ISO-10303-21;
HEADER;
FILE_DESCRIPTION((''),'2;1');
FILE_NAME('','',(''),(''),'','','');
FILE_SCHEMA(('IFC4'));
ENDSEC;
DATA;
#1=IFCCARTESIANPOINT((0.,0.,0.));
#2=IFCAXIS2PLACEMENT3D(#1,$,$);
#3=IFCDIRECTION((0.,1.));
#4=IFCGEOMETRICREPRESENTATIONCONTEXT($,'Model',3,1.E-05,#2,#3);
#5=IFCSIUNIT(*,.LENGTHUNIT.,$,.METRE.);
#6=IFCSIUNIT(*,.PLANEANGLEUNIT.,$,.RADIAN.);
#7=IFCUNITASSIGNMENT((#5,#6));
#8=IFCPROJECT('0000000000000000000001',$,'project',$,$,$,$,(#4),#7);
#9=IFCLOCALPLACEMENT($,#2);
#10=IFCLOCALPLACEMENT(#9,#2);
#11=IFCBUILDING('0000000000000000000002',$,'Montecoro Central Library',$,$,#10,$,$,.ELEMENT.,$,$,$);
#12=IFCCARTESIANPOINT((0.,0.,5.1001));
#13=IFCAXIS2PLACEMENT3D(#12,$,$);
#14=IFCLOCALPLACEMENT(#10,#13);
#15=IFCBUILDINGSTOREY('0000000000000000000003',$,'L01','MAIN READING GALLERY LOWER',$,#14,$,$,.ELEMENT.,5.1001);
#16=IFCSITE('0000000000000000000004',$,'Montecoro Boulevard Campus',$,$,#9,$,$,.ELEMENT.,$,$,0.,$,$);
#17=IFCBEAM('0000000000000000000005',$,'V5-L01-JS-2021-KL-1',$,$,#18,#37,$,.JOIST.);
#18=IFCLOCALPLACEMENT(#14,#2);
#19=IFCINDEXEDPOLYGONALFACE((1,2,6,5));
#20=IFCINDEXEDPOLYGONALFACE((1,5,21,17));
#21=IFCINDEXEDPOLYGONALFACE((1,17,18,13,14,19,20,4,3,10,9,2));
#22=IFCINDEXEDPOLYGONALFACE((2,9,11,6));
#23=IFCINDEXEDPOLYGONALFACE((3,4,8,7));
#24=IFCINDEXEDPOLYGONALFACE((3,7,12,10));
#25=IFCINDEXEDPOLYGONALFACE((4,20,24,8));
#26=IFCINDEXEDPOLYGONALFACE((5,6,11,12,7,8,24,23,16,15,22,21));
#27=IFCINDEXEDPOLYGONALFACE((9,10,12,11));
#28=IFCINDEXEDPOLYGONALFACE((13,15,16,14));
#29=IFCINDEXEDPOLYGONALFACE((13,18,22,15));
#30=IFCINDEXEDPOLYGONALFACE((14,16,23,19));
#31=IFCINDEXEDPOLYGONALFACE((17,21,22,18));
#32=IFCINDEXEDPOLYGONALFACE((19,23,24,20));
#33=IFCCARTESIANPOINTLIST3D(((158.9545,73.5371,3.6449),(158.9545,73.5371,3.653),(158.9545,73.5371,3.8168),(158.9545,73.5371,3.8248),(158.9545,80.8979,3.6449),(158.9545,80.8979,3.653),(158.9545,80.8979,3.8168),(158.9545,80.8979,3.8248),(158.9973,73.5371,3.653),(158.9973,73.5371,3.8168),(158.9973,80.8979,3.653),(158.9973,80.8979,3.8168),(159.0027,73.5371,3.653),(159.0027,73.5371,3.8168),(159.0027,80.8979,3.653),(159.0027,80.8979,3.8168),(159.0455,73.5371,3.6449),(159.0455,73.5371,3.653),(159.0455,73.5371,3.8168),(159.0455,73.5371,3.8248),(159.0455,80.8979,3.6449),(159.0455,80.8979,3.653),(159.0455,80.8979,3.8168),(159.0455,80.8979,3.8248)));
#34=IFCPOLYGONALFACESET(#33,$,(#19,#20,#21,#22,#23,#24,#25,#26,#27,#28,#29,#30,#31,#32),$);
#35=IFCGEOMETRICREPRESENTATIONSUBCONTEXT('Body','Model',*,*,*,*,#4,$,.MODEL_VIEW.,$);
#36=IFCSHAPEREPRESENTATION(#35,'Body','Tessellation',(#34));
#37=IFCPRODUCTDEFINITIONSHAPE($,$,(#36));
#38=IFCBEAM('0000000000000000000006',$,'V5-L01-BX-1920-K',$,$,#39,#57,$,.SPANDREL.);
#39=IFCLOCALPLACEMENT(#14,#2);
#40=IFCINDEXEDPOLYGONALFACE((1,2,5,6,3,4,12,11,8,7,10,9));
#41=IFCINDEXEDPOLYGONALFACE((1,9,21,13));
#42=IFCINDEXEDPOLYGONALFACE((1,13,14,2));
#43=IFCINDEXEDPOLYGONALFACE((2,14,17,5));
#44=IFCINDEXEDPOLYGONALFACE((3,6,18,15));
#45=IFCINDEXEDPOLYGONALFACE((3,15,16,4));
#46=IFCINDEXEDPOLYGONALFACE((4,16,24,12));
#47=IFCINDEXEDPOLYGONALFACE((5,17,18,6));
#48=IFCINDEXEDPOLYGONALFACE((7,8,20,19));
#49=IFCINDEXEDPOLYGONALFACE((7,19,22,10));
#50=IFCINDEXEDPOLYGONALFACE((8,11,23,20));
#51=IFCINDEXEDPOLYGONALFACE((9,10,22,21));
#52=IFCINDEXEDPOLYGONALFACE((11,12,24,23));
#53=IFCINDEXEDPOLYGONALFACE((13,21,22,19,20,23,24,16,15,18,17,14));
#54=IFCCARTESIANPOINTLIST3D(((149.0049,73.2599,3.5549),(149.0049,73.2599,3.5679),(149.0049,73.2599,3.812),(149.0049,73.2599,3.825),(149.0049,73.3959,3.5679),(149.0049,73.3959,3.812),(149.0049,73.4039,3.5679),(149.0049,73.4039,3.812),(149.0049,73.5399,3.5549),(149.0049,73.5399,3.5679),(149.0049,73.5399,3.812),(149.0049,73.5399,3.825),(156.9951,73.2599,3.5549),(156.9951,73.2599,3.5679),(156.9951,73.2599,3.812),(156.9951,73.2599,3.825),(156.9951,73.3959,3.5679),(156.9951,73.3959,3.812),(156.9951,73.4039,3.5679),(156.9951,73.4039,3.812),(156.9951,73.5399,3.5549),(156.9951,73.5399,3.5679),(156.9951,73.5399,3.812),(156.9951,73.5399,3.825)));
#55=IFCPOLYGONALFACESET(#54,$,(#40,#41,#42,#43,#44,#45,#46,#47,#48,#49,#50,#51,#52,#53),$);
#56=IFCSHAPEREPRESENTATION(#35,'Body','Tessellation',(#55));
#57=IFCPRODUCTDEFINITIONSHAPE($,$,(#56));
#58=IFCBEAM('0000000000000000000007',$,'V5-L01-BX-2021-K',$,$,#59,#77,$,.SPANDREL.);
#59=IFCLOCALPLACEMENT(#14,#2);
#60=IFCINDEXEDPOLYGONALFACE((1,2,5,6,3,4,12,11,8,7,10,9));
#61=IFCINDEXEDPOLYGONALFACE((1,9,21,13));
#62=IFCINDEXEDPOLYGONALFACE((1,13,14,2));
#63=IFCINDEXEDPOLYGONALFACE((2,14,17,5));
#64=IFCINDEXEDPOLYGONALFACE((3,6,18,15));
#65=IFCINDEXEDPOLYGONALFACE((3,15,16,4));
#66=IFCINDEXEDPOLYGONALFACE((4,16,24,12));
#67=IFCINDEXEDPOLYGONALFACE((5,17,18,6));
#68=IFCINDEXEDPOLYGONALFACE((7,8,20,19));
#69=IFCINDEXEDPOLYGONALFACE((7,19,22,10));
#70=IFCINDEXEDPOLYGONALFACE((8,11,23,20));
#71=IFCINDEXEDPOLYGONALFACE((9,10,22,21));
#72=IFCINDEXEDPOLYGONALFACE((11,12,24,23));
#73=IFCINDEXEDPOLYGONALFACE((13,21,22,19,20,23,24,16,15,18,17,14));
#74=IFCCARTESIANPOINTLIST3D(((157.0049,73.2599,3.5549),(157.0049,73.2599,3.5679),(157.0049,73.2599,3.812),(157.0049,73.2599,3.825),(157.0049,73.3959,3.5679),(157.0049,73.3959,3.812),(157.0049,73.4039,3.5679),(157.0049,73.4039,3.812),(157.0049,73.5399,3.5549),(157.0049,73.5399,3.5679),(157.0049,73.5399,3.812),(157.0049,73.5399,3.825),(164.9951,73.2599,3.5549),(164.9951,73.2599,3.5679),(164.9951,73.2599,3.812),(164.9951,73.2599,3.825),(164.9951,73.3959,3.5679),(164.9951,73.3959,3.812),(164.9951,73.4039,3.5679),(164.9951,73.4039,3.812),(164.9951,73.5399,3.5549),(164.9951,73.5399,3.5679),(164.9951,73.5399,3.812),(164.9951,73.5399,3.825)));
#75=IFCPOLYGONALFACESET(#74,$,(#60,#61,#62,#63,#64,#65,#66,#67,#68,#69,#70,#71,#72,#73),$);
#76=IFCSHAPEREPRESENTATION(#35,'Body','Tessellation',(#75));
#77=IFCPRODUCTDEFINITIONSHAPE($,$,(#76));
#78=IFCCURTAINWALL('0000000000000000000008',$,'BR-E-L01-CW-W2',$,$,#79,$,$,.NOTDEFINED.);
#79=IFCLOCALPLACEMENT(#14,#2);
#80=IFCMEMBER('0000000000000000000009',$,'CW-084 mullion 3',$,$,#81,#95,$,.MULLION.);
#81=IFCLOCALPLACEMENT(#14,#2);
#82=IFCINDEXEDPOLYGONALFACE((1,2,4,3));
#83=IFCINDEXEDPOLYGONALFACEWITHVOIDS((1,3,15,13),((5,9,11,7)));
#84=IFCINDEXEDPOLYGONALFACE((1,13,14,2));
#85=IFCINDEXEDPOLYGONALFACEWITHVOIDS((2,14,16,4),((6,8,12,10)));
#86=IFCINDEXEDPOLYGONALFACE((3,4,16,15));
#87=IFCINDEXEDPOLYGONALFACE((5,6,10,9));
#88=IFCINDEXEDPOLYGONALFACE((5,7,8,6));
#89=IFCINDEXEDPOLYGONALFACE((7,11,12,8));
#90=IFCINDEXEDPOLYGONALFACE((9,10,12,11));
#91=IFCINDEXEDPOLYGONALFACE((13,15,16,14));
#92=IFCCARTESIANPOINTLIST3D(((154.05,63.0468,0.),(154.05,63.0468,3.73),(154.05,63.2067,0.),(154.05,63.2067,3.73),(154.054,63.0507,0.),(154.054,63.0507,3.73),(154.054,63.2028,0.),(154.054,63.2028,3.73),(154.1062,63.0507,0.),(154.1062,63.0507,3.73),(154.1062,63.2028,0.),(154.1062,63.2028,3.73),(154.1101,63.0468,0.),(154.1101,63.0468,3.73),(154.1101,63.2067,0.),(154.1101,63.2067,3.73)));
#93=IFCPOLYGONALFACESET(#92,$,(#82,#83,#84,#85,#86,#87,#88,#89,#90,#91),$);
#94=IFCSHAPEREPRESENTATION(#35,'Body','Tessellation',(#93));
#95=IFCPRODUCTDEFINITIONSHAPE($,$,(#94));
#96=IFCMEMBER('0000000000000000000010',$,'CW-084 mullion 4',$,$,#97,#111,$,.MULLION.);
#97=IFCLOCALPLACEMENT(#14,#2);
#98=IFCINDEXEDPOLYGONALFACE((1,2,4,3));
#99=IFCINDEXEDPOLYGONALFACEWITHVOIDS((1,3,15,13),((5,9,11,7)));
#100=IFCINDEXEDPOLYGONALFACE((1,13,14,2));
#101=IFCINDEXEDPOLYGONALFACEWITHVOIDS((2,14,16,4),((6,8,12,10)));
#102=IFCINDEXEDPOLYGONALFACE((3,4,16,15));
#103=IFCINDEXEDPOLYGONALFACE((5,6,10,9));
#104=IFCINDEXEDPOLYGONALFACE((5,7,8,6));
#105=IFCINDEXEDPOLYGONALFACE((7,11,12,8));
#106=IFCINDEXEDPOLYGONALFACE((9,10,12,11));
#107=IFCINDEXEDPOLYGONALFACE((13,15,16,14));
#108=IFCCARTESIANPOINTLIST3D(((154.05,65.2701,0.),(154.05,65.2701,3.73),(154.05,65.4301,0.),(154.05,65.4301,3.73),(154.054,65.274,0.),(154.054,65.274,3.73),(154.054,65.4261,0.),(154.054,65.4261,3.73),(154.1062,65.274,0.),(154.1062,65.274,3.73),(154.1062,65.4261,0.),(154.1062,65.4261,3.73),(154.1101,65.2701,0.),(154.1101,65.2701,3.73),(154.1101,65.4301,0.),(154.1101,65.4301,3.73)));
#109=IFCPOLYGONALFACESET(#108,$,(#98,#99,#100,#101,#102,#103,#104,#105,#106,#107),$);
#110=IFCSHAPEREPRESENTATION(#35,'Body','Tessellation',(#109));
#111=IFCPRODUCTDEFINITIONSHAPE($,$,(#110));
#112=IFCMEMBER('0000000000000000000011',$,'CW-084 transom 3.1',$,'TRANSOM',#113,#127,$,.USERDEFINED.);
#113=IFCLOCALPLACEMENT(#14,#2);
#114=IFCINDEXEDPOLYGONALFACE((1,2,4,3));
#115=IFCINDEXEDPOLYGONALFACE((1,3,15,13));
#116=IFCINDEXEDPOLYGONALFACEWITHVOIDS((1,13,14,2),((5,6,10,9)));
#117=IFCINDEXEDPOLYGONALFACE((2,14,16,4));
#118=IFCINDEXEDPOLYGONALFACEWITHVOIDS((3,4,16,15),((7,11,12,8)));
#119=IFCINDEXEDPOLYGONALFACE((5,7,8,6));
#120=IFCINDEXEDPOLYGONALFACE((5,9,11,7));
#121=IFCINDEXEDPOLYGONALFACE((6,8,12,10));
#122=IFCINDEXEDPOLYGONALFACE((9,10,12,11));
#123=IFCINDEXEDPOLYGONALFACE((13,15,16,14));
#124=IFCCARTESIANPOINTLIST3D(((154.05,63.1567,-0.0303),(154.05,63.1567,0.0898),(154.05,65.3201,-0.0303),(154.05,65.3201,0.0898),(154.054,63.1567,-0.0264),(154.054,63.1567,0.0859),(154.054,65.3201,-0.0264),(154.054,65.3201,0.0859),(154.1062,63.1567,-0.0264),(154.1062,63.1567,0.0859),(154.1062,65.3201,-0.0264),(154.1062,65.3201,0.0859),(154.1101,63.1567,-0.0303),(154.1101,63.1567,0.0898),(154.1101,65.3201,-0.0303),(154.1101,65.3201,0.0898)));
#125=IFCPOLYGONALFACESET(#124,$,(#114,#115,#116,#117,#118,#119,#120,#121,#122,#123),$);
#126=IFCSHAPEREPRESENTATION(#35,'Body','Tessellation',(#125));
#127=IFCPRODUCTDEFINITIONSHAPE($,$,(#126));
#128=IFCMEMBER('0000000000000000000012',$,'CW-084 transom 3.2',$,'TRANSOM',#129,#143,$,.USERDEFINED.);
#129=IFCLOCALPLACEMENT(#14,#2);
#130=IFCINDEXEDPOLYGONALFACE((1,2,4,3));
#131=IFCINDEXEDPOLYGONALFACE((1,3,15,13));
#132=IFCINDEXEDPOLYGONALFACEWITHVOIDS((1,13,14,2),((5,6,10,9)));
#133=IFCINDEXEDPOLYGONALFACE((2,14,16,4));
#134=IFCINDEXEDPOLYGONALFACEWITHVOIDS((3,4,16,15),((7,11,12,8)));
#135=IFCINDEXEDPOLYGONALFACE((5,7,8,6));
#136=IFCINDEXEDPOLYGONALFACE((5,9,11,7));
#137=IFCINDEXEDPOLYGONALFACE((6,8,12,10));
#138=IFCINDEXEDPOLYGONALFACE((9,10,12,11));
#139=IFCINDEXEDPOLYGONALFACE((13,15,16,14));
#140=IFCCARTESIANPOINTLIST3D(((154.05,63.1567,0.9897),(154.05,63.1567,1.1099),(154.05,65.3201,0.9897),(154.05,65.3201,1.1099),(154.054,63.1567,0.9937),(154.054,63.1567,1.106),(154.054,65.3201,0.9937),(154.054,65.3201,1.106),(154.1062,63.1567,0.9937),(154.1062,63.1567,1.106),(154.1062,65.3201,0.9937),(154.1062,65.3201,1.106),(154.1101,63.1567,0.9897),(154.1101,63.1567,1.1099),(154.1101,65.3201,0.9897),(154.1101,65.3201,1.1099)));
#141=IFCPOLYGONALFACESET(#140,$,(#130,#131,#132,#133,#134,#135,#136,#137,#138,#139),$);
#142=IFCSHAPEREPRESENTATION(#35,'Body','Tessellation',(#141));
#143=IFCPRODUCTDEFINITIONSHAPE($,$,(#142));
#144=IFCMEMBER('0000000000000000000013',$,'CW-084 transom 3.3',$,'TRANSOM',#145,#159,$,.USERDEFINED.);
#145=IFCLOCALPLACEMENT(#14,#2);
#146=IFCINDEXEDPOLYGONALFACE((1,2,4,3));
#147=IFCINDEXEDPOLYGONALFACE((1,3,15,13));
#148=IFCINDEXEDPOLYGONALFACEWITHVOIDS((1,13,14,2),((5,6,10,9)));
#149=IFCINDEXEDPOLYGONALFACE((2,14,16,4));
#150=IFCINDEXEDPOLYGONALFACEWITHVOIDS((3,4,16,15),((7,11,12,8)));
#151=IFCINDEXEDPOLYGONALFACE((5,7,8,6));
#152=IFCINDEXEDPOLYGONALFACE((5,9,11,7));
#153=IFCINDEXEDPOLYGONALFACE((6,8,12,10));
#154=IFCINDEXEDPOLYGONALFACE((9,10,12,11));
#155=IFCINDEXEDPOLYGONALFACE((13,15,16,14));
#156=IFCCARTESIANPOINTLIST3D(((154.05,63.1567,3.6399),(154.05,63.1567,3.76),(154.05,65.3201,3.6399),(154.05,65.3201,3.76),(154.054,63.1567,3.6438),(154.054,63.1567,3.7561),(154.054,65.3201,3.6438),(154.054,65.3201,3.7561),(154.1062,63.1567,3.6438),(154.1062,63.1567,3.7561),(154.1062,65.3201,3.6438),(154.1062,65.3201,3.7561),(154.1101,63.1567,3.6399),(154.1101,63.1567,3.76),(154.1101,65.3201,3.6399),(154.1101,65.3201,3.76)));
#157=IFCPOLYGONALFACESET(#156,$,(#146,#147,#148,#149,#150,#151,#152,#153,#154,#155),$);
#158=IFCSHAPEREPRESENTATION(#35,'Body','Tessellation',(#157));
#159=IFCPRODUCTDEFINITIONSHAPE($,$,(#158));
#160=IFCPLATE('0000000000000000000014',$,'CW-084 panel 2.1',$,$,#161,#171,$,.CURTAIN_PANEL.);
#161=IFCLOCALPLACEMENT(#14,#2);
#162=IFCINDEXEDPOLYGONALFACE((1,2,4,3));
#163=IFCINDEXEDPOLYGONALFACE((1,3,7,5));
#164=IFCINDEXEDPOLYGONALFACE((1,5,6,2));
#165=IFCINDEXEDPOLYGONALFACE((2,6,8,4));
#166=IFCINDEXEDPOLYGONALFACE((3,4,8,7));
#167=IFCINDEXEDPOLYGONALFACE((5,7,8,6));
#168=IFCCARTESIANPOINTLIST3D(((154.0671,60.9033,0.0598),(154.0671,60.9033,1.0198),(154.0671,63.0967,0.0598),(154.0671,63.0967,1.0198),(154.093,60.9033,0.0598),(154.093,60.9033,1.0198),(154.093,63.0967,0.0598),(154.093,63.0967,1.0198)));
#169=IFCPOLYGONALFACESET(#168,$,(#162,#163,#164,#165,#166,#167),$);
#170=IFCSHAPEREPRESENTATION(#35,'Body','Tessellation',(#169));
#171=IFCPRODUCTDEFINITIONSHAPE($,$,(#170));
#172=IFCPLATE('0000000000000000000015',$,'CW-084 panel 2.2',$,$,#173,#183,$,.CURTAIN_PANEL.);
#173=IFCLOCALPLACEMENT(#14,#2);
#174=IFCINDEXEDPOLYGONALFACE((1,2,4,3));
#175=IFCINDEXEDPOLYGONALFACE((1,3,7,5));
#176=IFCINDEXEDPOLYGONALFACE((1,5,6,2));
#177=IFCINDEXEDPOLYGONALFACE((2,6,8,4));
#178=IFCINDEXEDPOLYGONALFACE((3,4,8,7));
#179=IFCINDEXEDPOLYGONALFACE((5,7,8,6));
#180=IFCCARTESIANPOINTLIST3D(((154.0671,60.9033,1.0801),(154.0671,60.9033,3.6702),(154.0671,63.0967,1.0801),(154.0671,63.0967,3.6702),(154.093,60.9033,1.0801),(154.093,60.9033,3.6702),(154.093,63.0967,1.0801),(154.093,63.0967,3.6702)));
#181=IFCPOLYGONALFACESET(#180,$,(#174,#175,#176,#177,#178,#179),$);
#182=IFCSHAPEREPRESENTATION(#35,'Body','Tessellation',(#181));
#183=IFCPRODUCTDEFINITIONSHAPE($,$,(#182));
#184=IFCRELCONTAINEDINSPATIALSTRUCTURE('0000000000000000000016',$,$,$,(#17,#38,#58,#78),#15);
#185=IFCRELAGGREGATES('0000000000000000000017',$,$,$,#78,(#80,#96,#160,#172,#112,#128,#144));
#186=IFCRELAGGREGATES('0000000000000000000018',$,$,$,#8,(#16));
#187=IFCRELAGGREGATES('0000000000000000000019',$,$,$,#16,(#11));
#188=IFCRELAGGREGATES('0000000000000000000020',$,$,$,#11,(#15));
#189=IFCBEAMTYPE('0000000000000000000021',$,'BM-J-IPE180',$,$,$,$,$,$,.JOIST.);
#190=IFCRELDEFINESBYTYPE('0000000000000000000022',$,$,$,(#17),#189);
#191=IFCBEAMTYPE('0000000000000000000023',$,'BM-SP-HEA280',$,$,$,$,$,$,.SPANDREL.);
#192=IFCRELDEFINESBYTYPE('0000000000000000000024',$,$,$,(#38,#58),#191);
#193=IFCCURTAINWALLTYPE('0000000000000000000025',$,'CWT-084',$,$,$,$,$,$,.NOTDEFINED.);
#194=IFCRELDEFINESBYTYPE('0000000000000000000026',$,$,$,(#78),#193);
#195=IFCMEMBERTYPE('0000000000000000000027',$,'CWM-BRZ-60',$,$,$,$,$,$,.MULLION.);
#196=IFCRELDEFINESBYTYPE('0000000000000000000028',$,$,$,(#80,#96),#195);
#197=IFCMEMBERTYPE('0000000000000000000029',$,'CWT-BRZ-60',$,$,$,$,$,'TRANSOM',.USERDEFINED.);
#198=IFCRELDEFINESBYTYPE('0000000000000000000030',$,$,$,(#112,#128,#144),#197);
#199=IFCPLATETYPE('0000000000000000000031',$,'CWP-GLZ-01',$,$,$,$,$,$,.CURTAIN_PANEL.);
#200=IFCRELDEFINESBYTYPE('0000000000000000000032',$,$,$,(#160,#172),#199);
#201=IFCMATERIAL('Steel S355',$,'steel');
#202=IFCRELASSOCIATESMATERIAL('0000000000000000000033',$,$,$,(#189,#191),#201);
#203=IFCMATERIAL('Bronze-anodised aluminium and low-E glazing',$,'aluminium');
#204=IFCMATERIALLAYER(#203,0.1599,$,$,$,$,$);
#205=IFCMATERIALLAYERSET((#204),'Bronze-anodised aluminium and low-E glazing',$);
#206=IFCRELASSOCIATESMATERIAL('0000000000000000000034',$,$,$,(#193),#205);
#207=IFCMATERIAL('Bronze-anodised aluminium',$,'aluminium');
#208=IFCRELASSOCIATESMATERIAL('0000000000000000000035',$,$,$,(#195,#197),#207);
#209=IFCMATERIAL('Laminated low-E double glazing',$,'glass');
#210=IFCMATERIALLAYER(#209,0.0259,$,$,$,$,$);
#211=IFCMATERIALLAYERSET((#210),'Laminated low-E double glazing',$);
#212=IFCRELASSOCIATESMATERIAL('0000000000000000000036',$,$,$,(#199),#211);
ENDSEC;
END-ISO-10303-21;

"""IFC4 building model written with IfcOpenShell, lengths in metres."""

from ifc_helpers import new_model, si_unit, direction, frame, origin, origin_2d, place, context, subcontext, project, spatial, rectangle, hollow_rectangle, i_section, extrude, material, layer, layer_set, material_profile, profile_set, type_object, element, aggregate, save


model = new_model("IFC4")

# Units and contexts
model_context = context("Model", 3, precision=1e-05, world=origin(), true_north=direction((0.0, 1.0)))
body_context = subcontext(model_context, "Body", "Model", "MODEL_VIEW")
ifc_project = project(units=[si_unit("LENGTHUNIT", "METRE"), si_unit("PLANEANGLEUNIT", "RADIAN")], contexts=[model_context])

# Site, building, storey
site_placement = place(None, origin())
site = spatial("IfcSite", under=ifc_project, at=site_placement, Name="Montecoro Boulevard Campus", CompositionType="ELEMENT", RefElevation=0.0)
building_placement = place(site_placement, origin())
building = spatial("IfcBuilding", under=site, at=building_placement, Name="Montecoro Central Library", CompositionType="ELEMENT")
storey_placement = place(building_placement, frame((0.0, 0.0, 5.1001)))
storey = spatial("IfcBuildingStorey", under=building, at=storey_placement, Name="L01", Description="MAIN READING GALLERY LOWER", CompositionType="ELEMENT", Elevation=5.1001)

# Shared definitions
ifc_material_1 = material(Name="Steel S355", Category="steel")

# Beams
ifc_material_profile_1 = material_profile(ifc_material_1, i_section(OverallWidth=0.0911, OverallDepth=0.1799, WebThickness=0.0054, FlangeThickness=0.0081, at=origin_2d()), Name="IPE 180")
ifc_profile_set_1 = profile_set([ifc_material_profile_1], Name="Steel S355")
beam_type_1 = type_object("IfcBeamType", Name="BM-J-IPE180", PredefinedType="JOIST", material=ifc_profile_set_1)
for number, where, z_axis, x_axis, name in (
    (1, (159.0, 73.5371, 3.7349), (0.0, 1.0, 0.0), (-1.0, 0.0, 0.0), "V5-L01-JS-2021-KL-1"),
):
    element("IfcBeam", number, at=place(storey_placement, frame(where, z_axis=z_axis, x_axis=x_axis)), inside=storey, type_object=beam_type_1, Name=name, PredefinedType="JOIST", context=body_context, shape_type="SweptSolid", body=[
        extrude(i_section(OverallWidth=0.0911, OverallDepth=0.1799, WebThickness=0.0054, FlangeThickness=0.0081, at=origin_2d()), origin(), (0.0, 0.0, 1.0), 7.3608),
    ])
ifc_material_profile_2 = material_profile(ifc_material_1, i_section(OverallWidth=0.28, OverallDepth=0.27, WebThickness=0.0081, FlangeThickness=0.0129, at=origin_2d()), Name="HEA 280")
ifc_profile_set_2 = profile_set([ifc_material_profile_2], Name="Steel S355")
beam_type_2 = type_object("IfcBeamType", Name="BM-SP-HEA280", PredefinedType="SPANDREL", material=ifc_profile_set_2)
for number, where, z_axis, x_axis, name in (
    (2, (149.0049, 73.3999, 3.6899), (1.0, 0.0, 0.0), (0.0, 1.0, 0.0), "V5-L01-BX-1920-K"),
    (3, (157.0049, 73.3999, 3.6899), (1.0, 0.0, 0.0), (0.0, 1.0, 0.0), "V5-L01-BX-2021-K"),
):
    element("IfcBeam", number, at=place(storey_placement, frame(where, z_axis=z_axis, x_axis=x_axis)), inside=storey, type_object=beam_type_2, Name=name, PredefinedType="SPANDREL", context=body_context, shape_type="SweptSolid", body=[
        extrude(i_section(OverallWidth=0.28, OverallDepth=0.27, WebThickness=0.0081, FlangeThickness=0.0129, at=origin_2d()), origin(), (0.0, 0.0, 1.0), 7.9902),
    ])

# Curtain wall, members, plates
ifc_material_2 = material(Name="Bronze-anodised aluminium and low-E glazing", Category="aluminium")
ifc_layer_1 = layer(ifc_material_2, 0.1599)
ifc_layer_set_1 = layer_set([ifc_layer_1], Name="Bronze-anodised aluminium and low-E glazing")
curtain_wall_type = type_object("IfcCurtainWallType", Name="CWT-084", PredefinedType="NOTDEFINED", material=ifc_layer_set_1)
curtain_wall_placement = place(storey_placement, origin())
curtain_wall = element("IfcCurtainWall", 4, at=curtain_wall_placement, inside=storey, type_object=curtain_wall_type, Name="BR-E-L01-CW-W2", PredefinedType="NOTDEFINED")
ifc_material_3 = material(Name="Bronze-anodised aluminium", Category="aluminium")
ifc_material_profile_3 = material_profile(ifc_material_3, hollow_rectangle(XDim=0.0601, YDim=0.1599, WallThickness=0.0039, at=origin_2d()), Name="CWM 160x60x4.0")
ifc_profile_set_3 = profile_set([ifc_material_profile_3], Name="Bronze-anodised aluminium")
member_type_1 = type_object("IfcMemberType", Name="CWM-BRZ-60", PredefinedType="MULLION", material=ifc_profile_set_3)
member_1_placement = place(storey_placement, frame((154.0801, 63.1267, 0.0), z_axis=(0.0, 0.0, 1.0), x_axis=(-1.0, 0.0, 0.0)))
member_1 = element("IfcMember", 5, at=member_1_placement, type_object=member_type_1, Name="CW-084 mullion 3", PredefinedType="MULLION", context=body_context, shape_type="SweptSolid", body=[
    extrude(hollow_rectangle(XDim=0.0601, YDim=0.1599, WallThickness=0.0039, at=origin_2d()), origin(), (0.0, 0.0, 1.0), 3.73),
])
member_2_placement = place(storey_placement, frame((154.0801, 65.3501, 0.0), z_axis=(0.0, 0.0, 1.0), x_axis=(-1.0, 0.0, 0.0)))
member_2 = element("IfcMember", 6, at=member_2_placement, type_object=member_type_1, Name="CW-084 mullion 4", PredefinedType="MULLION", context=body_context, shape_type="SweptSolid", body=[
    extrude(hollow_rectangle(XDim=0.0601, YDim=0.1599, WallThickness=0.0039, at=origin_2d()), origin(), (0.0, 0.0, 1.0), 3.73),
])
ifc_material_profile_4 = material_profile(ifc_material_3, hollow_rectangle(XDim=0.0601, YDim=0.1201, WallThickness=0.0039, at=origin_2d()), Name="CWT 120x60x4.0")
ifc_profile_set_4 = profile_set([ifc_material_profile_4], Name="Bronze-anodised aluminium")
member_type_2 = type_object("IfcMemberType", Name="CWT-BRZ-60", ElementType="TRANSOM", PredefinedType="USERDEFINED", material=ifc_profile_set_4)
member_3_placement = place(storey_placement, frame((154.0801, 63.1567, 0.0298), z_axis=(0.0, 1.0, 0.0), x_axis=(-1.0, 0.0, 0.0)))
member_3 = element("IfcMember", 7, at=member_3_placement, type_object=member_type_2, Name="CW-084 transom 3.1", ObjectType="TRANSOM", PredefinedType="USERDEFINED", context=body_context, shape_type="SweptSolid", body=[
    extrude(hollow_rectangle(XDim=0.0601, YDim=0.1201, WallThickness=0.0039, at=origin_2d()), origin(), (0.0, 0.0, 1.0), 2.1633),
])
member_4_placement = place(storey_placement, frame((154.0801, 63.1567, 1.0498), z_axis=(0.0, 1.0, 0.0), x_axis=(-1.0, 0.0, 0.0)))
member_4 = element("IfcMember", 8, at=member_4_placement, type_object=member_type_2, Name="CW-084 transom 3.2", ObjectType="TRANSOM", PredefinedType="USERDEFINED", context=body_context, shape_type="SweptSolid", body=[
    extrude(hollow_rectangle(XDim=0.0601, YDim=0.1201, WallThickness=0.0039, at=origin_2d()), origin(), (0.0, 0.0, 1.0), 2.1633),
])
member_5_placement = place(storey_placement, frame((154.0801, 63.1567, 3.7), z_axis=(0.0, 1.0, 0.0), x_axis=(-1.0, 0.0, 0.0)))
member_5 = element("IfcMember", 9, at=member_5_placement, type_object=member_type_2, Name="CW-084 transom 3.3", ObjectType="TRANSOM", PredefinedType="USERDEFINED", context=body_context, shape_type="SweptSolid", body=[
    extrude(hollow_rectangle(XDim=0.0601, YDim=0.1201, WallThickness=0.0039, at=origin_2d()), origin(), (0.0, 0.0, 1.0), 2.1633),
])
ifc_material_4 = material(Name="Laminated low-E double glazing", Category="glass")
ifc_layer_2 = layer(ifc_material_4, 0.0259)
ifc_layer_set_2 = layer_set([ifc_layer_2], Name="Laminated low-E double glazing")
plate_type = type_object("IfcPlateType", Name="CWP-GLZ-01", PredefinedType="CURTAIN_PANEL", material=ifc_layer_set_2)
plate_1_placement = place(storey_placement, frame((154.0801, 62.0, 0.0598), z_axis=(0.0, 0.0, 1.0), x_axis=(0.0, 1.0, 0.0)))
plate_1 = element("IfcPlate", 10, at=plate_1_placement, type_object=plate_type, Name="CW-084 panel 2.1", PredefinedType="CURTAIN_PANEL", context=body_context, shape_type="SweptSolid", body=[
    extrude(rectangle(XDim=2.1934, YDim=0.0259, at=origin_2d()), origin(), (0.0, 0.0, 1.0), 0.96),
])
plate_2_placement = place(storey_placement, frame((154.0801, 62.0, 1.0801), z_axis=(0.0, 0.0, 1.0), x_axis=(0.0, 1.0, 0.0)))
plate_2 = element("IfcPlate", 11, at=plate_2_placement, type_object=plate_type, Name="CW-084 panel 2.2", PredefinedType="CURTAIN_PANEL", context=body_context, shape_type="SweptSolid", body=[
    extrude(rectangle(XDim=2.1934, YDim=0.0259, at=origin_2d()), origin(), (0.0, 0.0, 1.0), 2.5901),
])
aggregate(curtain_wall, [member_1, member_2, plate_1, plate_2, member_3, member_4, member_5])

save(model, "model.ifc")
